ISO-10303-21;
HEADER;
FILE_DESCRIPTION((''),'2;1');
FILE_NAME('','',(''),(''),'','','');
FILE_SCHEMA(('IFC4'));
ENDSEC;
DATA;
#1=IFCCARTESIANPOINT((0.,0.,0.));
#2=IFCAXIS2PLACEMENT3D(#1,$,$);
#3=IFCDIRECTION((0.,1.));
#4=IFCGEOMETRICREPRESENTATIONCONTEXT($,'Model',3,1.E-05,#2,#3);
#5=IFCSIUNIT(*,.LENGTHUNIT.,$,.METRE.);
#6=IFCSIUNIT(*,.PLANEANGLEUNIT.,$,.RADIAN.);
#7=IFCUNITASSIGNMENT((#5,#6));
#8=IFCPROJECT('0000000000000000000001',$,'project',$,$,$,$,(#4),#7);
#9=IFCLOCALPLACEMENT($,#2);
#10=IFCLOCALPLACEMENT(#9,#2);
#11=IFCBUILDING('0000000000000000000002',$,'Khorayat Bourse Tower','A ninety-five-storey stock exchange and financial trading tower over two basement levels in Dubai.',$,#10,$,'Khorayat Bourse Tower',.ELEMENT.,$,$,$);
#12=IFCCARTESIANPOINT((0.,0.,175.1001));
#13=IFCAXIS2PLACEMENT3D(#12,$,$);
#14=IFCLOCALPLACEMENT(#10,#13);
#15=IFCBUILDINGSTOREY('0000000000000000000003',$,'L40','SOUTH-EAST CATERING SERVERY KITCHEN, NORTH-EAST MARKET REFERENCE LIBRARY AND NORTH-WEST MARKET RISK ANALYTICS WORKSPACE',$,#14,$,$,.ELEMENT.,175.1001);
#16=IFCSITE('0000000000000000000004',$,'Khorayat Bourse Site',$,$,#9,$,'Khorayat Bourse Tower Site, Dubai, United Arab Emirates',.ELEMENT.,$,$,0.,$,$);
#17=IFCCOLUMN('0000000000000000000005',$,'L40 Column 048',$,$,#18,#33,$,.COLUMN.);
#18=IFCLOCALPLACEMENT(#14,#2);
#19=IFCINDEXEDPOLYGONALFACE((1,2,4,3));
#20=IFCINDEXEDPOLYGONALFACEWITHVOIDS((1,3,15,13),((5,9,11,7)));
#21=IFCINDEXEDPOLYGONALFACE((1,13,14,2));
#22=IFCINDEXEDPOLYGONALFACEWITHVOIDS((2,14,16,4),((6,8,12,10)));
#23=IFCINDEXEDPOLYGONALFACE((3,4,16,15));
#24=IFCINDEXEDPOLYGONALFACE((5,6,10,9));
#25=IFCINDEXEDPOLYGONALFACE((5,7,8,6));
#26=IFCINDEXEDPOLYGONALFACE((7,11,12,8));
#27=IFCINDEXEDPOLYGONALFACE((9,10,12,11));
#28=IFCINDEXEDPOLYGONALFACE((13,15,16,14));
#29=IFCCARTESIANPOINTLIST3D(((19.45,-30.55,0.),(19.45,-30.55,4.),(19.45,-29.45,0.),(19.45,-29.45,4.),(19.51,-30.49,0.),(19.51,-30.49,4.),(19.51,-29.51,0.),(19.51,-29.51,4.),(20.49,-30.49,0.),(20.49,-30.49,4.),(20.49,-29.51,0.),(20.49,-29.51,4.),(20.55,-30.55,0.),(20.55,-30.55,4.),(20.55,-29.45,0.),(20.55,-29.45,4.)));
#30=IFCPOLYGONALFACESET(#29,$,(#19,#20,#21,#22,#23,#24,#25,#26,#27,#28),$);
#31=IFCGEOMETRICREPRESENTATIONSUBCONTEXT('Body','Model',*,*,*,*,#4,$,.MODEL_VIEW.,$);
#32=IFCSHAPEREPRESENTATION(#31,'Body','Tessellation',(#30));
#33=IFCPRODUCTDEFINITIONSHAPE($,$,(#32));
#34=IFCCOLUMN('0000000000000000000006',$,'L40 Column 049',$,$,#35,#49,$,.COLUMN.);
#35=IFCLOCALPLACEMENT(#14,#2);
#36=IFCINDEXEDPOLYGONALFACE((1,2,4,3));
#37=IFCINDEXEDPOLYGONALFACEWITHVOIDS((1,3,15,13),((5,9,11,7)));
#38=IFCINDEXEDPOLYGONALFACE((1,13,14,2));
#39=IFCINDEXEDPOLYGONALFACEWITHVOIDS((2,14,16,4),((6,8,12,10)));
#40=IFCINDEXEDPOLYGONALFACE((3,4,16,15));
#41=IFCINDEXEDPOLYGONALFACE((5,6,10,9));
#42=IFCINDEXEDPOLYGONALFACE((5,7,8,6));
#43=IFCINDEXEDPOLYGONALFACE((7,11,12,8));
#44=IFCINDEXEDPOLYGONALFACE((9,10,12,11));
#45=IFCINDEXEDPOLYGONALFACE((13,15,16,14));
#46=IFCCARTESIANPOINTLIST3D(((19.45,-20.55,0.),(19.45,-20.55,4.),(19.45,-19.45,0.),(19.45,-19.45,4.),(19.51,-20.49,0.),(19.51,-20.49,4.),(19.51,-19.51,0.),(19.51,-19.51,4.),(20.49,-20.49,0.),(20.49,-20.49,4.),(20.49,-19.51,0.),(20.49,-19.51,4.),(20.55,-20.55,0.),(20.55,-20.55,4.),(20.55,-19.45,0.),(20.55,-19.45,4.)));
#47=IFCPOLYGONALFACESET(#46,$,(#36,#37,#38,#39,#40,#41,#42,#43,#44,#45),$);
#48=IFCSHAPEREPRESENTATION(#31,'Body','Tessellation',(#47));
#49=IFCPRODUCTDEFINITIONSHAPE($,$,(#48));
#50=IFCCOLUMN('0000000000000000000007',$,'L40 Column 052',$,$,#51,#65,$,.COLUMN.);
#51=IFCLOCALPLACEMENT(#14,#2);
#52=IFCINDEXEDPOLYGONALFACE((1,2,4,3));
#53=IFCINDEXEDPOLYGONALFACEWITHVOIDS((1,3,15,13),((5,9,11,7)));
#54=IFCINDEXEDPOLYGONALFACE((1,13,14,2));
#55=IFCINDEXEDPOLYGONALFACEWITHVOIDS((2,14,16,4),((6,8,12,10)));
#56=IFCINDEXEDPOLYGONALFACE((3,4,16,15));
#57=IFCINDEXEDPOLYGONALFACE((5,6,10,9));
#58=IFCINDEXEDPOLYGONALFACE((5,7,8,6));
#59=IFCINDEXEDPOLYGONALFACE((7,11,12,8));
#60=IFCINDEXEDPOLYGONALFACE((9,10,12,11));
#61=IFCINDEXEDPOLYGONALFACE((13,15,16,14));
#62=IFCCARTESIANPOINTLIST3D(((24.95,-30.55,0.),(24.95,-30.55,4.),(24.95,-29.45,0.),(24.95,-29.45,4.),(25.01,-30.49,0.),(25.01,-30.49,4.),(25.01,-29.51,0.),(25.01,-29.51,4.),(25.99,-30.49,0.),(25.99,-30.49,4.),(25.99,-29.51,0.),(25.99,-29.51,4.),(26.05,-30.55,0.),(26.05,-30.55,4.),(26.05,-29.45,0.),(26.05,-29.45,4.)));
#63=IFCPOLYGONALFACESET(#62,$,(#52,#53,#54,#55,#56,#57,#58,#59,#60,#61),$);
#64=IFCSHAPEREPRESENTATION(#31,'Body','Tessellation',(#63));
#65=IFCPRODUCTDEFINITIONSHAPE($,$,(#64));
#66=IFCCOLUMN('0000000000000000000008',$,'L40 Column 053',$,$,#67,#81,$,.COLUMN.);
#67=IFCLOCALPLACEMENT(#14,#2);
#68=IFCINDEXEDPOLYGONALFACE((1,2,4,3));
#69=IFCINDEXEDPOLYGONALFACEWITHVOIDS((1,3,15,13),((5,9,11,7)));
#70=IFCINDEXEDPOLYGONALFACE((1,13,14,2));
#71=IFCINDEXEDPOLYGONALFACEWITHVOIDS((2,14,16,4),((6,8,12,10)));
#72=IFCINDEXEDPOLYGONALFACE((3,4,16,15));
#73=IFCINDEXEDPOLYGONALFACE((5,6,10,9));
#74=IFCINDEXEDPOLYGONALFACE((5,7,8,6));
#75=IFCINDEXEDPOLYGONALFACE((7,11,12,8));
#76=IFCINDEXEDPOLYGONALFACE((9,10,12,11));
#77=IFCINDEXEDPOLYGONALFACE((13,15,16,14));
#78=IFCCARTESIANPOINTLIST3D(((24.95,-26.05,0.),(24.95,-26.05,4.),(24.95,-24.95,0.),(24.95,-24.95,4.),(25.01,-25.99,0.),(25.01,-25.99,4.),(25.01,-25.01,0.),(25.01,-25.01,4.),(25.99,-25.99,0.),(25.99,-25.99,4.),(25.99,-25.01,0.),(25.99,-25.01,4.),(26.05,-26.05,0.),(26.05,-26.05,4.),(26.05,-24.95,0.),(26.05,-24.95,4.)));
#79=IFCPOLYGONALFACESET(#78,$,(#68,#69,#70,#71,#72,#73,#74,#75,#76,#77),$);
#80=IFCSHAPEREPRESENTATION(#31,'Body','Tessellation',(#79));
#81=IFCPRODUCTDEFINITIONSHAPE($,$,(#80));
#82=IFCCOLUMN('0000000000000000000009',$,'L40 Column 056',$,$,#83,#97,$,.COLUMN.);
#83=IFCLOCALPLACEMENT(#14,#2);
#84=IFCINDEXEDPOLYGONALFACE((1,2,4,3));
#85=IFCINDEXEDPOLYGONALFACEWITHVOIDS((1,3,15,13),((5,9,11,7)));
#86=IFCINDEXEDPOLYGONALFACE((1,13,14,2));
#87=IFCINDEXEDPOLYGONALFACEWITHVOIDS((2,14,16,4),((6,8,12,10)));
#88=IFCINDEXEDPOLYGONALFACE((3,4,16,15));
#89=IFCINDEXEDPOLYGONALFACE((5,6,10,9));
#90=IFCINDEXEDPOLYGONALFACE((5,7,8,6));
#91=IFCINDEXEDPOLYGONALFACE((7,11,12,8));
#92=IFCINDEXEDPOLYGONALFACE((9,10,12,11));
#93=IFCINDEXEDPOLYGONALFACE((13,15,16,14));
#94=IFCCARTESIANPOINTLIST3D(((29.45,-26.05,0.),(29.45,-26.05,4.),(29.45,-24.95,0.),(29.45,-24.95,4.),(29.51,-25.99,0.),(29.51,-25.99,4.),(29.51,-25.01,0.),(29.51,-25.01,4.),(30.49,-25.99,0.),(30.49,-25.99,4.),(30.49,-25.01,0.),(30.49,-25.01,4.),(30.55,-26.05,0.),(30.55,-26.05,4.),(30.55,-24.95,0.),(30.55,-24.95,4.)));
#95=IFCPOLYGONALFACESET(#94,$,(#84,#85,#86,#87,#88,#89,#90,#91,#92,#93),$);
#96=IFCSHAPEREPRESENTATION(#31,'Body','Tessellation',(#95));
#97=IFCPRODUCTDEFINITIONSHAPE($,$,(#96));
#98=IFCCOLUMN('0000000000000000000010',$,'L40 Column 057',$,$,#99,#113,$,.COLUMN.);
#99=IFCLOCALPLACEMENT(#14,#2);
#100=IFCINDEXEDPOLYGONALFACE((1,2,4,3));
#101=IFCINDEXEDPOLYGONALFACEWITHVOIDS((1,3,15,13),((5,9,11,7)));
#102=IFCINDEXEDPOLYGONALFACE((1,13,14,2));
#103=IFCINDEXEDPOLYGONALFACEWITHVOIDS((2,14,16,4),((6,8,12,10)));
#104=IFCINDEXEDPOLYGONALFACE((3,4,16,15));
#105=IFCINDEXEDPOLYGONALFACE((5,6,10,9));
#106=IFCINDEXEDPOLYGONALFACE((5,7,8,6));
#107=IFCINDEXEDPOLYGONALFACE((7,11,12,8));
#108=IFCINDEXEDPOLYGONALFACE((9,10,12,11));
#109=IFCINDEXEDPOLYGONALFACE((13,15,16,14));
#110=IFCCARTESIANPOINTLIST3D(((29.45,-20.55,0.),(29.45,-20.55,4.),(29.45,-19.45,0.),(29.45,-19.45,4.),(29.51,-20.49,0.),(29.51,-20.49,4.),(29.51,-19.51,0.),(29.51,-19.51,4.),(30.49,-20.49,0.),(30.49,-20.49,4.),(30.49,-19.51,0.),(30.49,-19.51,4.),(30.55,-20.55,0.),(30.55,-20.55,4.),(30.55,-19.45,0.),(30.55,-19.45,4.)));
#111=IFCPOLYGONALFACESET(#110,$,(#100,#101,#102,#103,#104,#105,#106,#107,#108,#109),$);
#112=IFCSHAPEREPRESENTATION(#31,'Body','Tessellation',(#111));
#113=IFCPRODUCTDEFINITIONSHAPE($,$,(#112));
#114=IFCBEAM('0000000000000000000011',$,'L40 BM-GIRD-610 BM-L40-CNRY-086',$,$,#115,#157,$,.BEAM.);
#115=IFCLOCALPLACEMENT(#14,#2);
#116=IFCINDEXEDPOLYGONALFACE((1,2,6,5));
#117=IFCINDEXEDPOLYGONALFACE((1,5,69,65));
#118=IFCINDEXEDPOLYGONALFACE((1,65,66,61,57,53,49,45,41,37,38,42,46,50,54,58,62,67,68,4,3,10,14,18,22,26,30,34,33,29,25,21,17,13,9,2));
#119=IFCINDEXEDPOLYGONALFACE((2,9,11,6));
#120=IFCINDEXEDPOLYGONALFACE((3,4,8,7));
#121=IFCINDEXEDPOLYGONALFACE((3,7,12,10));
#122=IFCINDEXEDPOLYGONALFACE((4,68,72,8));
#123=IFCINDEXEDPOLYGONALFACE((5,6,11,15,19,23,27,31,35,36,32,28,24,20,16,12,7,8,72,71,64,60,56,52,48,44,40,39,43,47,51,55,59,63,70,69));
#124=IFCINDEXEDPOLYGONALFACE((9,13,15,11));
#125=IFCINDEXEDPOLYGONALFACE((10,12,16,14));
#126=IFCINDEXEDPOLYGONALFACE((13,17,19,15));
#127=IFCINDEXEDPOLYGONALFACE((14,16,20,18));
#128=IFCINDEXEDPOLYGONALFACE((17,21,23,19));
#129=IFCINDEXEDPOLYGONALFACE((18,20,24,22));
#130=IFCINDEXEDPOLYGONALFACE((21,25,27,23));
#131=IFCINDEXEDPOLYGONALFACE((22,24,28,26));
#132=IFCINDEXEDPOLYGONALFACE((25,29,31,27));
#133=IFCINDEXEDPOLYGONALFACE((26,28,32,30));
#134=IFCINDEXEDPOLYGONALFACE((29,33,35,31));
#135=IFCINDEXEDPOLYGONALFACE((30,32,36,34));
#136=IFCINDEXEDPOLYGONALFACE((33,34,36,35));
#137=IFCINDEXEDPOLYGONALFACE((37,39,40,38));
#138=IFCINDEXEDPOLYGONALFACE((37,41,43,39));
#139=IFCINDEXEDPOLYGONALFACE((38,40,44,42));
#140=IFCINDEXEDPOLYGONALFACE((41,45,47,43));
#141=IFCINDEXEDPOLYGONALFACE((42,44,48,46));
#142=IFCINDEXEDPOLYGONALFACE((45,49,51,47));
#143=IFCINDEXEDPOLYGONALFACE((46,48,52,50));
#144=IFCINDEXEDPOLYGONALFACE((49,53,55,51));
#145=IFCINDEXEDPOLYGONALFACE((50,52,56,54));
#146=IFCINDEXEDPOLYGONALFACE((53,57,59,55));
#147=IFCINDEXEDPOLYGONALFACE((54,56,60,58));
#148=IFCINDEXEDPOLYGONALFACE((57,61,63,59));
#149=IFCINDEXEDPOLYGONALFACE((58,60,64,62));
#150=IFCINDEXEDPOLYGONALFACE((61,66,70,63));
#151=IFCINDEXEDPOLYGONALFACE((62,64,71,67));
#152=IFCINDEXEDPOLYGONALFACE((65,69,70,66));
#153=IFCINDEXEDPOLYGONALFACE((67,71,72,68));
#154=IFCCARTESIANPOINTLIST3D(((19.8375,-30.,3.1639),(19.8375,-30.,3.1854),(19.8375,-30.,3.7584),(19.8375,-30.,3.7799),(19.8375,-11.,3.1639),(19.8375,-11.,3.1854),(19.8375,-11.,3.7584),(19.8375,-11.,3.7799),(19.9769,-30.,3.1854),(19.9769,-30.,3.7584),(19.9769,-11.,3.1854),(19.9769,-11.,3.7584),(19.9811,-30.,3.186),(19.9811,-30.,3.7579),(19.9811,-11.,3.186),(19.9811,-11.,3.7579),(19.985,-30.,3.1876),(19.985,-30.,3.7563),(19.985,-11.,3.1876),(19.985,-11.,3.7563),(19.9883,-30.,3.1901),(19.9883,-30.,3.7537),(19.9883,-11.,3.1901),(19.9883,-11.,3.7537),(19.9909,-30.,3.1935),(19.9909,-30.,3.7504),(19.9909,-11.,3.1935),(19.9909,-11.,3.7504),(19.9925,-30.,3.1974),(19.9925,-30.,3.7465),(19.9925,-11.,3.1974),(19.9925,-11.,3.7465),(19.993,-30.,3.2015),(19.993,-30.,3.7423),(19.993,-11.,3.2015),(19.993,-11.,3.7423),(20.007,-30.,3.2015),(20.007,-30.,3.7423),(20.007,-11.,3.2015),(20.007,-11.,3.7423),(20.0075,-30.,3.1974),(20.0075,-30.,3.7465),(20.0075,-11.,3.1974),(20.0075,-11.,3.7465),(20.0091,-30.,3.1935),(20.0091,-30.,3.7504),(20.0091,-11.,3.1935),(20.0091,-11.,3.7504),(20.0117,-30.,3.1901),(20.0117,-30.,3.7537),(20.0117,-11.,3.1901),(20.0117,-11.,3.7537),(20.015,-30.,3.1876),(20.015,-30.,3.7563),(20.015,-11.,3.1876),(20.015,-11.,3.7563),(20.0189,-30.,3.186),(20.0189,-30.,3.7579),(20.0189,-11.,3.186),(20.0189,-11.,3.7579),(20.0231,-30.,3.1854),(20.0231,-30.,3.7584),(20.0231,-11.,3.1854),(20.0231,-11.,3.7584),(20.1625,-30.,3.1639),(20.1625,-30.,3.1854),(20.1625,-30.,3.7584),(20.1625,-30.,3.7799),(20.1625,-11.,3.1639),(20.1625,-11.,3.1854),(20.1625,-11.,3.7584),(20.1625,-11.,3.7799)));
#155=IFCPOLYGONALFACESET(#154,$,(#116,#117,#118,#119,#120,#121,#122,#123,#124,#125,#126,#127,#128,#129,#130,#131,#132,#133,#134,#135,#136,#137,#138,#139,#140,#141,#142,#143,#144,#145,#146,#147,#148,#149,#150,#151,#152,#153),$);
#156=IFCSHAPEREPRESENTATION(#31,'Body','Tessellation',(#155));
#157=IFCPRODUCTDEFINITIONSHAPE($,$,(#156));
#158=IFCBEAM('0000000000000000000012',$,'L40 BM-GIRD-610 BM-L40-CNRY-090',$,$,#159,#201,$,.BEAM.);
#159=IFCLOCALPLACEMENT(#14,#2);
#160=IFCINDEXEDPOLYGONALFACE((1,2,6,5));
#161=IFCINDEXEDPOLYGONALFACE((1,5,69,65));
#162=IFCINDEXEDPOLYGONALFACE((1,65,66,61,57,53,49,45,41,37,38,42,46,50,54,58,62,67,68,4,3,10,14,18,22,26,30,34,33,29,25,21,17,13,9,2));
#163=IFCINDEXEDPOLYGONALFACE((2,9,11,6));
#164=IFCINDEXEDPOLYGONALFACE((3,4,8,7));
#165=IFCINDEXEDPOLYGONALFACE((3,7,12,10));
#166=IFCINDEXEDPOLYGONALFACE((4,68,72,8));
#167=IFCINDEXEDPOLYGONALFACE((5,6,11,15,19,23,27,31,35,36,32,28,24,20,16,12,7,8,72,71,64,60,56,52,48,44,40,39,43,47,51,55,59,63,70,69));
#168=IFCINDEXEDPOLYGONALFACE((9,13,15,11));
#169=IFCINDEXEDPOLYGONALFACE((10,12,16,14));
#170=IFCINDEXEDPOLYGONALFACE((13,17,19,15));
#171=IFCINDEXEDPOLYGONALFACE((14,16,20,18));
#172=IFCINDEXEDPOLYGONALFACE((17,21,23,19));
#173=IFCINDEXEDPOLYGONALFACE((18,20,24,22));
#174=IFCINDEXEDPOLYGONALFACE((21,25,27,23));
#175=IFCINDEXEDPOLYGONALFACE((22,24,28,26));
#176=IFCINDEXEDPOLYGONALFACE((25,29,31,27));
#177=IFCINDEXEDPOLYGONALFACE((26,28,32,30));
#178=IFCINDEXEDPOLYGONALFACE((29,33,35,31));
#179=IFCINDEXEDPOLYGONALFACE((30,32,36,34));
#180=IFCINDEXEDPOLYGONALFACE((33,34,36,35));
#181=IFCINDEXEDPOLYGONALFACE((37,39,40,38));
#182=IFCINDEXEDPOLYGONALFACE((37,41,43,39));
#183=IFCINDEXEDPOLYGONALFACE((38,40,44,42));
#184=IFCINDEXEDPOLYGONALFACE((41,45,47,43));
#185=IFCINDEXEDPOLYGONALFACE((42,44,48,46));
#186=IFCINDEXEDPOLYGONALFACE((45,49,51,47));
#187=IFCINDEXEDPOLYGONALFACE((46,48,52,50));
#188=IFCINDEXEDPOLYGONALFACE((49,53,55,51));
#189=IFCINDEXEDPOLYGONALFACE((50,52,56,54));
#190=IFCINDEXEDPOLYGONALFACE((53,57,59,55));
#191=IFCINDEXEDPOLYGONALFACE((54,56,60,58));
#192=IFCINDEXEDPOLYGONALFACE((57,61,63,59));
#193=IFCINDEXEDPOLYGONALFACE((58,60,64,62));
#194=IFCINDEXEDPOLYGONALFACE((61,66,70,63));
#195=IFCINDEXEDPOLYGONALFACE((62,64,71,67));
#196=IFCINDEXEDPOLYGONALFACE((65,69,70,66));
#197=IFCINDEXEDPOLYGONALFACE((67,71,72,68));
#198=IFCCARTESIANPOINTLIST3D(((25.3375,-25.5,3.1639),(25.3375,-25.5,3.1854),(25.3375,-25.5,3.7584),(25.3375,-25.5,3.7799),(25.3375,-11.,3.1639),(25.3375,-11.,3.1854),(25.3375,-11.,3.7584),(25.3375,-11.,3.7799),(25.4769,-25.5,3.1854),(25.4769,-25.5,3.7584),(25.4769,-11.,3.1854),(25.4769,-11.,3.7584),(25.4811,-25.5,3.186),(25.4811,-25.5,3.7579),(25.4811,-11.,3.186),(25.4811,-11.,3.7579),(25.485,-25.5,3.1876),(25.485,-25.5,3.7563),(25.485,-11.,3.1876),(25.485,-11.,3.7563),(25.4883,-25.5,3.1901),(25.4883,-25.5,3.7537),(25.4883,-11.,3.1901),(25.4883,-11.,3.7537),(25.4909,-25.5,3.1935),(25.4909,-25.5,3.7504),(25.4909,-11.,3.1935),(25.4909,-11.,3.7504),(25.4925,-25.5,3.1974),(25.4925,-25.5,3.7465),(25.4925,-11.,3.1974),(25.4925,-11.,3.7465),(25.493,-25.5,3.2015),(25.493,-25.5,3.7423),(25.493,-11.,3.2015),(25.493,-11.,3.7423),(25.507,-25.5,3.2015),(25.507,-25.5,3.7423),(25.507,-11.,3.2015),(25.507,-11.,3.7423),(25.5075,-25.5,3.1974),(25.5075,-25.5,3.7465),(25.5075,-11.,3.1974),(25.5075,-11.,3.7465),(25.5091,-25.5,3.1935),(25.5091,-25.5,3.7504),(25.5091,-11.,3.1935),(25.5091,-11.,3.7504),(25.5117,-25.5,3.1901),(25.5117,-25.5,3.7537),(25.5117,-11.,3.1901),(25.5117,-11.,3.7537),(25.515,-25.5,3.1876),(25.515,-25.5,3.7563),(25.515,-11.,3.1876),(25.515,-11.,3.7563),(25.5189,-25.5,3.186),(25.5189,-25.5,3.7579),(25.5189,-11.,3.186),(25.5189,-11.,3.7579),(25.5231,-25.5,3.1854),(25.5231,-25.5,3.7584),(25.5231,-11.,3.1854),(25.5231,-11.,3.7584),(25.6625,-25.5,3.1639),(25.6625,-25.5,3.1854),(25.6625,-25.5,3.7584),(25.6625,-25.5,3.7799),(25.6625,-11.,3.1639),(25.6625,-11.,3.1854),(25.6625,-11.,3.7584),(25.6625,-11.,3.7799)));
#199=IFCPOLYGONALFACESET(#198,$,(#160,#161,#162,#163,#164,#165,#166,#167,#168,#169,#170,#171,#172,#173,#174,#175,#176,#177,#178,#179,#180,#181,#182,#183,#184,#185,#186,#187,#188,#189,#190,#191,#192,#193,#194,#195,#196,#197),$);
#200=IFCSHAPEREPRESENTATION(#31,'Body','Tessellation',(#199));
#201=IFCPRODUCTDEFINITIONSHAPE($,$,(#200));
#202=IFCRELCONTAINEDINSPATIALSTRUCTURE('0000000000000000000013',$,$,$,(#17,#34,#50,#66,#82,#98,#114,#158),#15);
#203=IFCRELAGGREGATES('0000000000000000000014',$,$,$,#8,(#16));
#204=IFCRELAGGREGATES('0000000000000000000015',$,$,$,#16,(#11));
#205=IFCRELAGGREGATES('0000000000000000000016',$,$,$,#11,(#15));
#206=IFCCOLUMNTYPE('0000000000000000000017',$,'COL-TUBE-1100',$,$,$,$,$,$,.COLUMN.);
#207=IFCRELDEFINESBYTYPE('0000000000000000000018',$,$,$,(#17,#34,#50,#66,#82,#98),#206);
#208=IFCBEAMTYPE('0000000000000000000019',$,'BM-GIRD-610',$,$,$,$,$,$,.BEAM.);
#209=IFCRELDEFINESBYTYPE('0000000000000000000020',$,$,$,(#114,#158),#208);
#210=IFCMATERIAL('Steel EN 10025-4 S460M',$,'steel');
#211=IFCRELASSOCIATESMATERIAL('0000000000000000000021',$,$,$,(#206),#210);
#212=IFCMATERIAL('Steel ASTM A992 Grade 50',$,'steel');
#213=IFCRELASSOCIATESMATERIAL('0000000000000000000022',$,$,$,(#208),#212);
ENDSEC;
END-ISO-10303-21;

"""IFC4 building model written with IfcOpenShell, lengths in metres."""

from ifc_helpers import new_model, si_unit, direction, frame, origin, origin_2d, place, context, subcontext, project, spatial, hollow_rectangle, i_section, extrude, source, transform, mapped, material, material_profile, profile_set, type_object, element, save


model = new_model("IFC4")

# Units and contexts
model_context = context("Model", 3, precision=1e-05, world=origin(), true_north=direction((0.0, 1.0)))
body_context = subcontext(model_context, "Body", "Model", "MODEL_VIEW")
ifc_project = project(units=[si_unit("LENGTHUNIT", "METRE"), si_unit("PLANEANGLEUNIT", "RADIAN")], contexts=[model_context])

# Site, building, storey
site_placement = place(None, origin())
site = spatial("IfcSite", under=ifc_project, at=site_placement, Name="Khorayat Bourse Site", LongName="Khorayat Bourse Tower Site, Dubai, United Arab Emirates", CompositionType="ELEMENT", RefElevation=0.0)
building_placement = place(site_placement, origin())
building = spatial("IfcBuilding", under=site, at=building_placement, Name="Khorayat Bourse Tower", Description="A ninety-five-storey stock exchange and financial trading tower over two basement levels in Dubai.", LongName="Khorayat Bourse Tower", CompositionType="ELEMENT")
storey_placement = place(building_placement, frame((0.0, 0.0, 175.1001)))
storey = spatial("IfcBuildingStorey", under=building, at=storey_placement, Name="L40", Description="SOUTH-EAST CATERING SERVERY KITCHEN, NORTH-EAST MARKET REFERENCE LIBRARY AND NORTH-WEST MARKET RISK ANALYTICS WORKSPACE", CompositionType="ELEMENT", Elevation=175.1001)

# Columns
ifc_material_1 = material(Name="Steel EN 10025-4 S460M", Category="steel")
ifc_material_profile_1 = material_profile(ifc_material_1, hollow_rectangle(XDim=1.1001, YDim=1.1001, WallThickness=0.0601, at=origin_2d()), Name="BOX 1100x1100x60")
ifc_profile_set_1 = profile_set([ifc_material_profile_1], Name="Steel EN 10025-4 S460M")
column_type = type_object("IfcColumnType", Name="COL-TUBE-1100", PredefinedType="COLUMN", material=ifc_profile_set_1)
shared_shape_1 = source(origin(), body_context, "Body", "SweptSolid", [
    extrude(hollow_rectangle(XDim=1.1001, YDim=1.1001, WallThickness=0.0601, at=origin_2d()), origin(), (0.0, 0.0, 1.0), 4.0),
])
for number, where, z_axis, x_axis, name in (
    (1, (20.0, -30.0, 0.0), (0.0, 0.0, 1.0), (1.0, 0.0, 0.0), "L40 Column 048"),
    (2, (20.0, -20.0, 0.0), (0.0, 0.0, 1.0), (1.0, 0.0, 0.0), "L40 Column 049"),
    (3, (25.5, -30.0, 0.0), (0.0, 0.0, 1.0), (1.0, 0.0, 0.0), "L40 Column 052"),
    (4, (25.5, -25.5, 0.0), (0.0, 0.0, 1.0), (1.0, 0.0, 0.0), "L40 Column 053"),
    (5, (30.0, -25.5, 0.0), (0.0, 0.0, 1.0), (1.0, 0.0, 0.0), "L40 Column 056"),
    (6, (30.0, -20.0, 0.0), (0.0, 0.0, 1.0), (1.0, 0.0, 0.0), "L40 Column 057"),
):
    element("IfcColumn", number, at=place(storey_placement, frame(where, z_axis=z_axis, x_axis=x_axis)), inside=storey, type_object=column_type, Name=name, PredefinedType="COLUMN", context=body_context, shape_type="MappedRepresentation", body=[
        mapped(shared_shape_1, transform((0.0, 0.0, 0.0), scale=1.0)),
    ])

# Beams
ifc_material_2 = material(Name="Steel ASTM A992 Grade 50", Category="steel")
ifc_material_profile_2 = material_profile(ifc_material_2, i_section(OverallWidth=0.325, OverallDepth=0.616, WebThickness=0.0139, FlangeThickness=0.0215, FilletRadius=0.0161, at=origin_2d()), Name="W610X174")
ifc_profile_set_2 = profile_set([ifc_material_profile_2], Name="Steel ASTM A992 Grade 50")
beam_type_1 = type_object("IfcBeamType", Name="BM-GIRD-610", PredefinedType="BEAM", material=ifc_profile_set_2)
shared_shape_2 = source(origin(), body_context, "Body", "SweptSolid", [
    extrude(i_section(OverallWidth=0.325, OverallDepth=0.616, WebThickness=0.0139, FlangeThickness=0.0215, FilletRadius=0.0161, at=origin_2d()), origin(), (0.0, 0.0, 1.0), 19.0),
])
beam_1_placement = place(storey_placement, frame((20.0, -30.0, 3.4719), z_axis=(0.0, 1.0, 0.0), x_axis=(-1.0, 0.0, 0.0)))
element("IfcBeam", 7, at=beam_1_placement, inside=storey, type_object=beam_type_1, Name="L40 BM-GIRD-610 BM-L40-CNRY-086", PredefinedType="BEAM", context=body_context, shape_type="MappedRepresentation", body=[
    mapped(shared_shape_2, transform((0.0, 0.0, 0.0), scale=1.0)),
])
shared_shape_3 = source(origin(), body_context, "Body", "SweptSolid", [
    extrude(i_section(OverallWidth=0.325, OverallDepth=0.616, WebThickness=0.0139, FlangeThickness=0.0215, FilletRadius=0.0161, at=origin_2d()), origin(), (0.0, 0.0, 1.0), 14.5),
])
beam_2_placement = place(storey_placement, frame((25.5, -25.5, 3.4719), z_axis=(0.0, 1.0, 0.0), x_axis=(-1.0, 0.0, 0.0)))
element("IfcBeam", 8, at=beam_2_placement, inside=storey, type_object=beam_type_1, Name="L40 BM-GIRD-610 BM-L40-CNRY-090", PredefinedType="BEAM", context=body_context, shape_type="MappedRepresentation", body=[
    mapped(shared_shape_3, transform((0.0, 0.0, 0.0), scale=1.0)),
])

save(model, "model.ifc")
